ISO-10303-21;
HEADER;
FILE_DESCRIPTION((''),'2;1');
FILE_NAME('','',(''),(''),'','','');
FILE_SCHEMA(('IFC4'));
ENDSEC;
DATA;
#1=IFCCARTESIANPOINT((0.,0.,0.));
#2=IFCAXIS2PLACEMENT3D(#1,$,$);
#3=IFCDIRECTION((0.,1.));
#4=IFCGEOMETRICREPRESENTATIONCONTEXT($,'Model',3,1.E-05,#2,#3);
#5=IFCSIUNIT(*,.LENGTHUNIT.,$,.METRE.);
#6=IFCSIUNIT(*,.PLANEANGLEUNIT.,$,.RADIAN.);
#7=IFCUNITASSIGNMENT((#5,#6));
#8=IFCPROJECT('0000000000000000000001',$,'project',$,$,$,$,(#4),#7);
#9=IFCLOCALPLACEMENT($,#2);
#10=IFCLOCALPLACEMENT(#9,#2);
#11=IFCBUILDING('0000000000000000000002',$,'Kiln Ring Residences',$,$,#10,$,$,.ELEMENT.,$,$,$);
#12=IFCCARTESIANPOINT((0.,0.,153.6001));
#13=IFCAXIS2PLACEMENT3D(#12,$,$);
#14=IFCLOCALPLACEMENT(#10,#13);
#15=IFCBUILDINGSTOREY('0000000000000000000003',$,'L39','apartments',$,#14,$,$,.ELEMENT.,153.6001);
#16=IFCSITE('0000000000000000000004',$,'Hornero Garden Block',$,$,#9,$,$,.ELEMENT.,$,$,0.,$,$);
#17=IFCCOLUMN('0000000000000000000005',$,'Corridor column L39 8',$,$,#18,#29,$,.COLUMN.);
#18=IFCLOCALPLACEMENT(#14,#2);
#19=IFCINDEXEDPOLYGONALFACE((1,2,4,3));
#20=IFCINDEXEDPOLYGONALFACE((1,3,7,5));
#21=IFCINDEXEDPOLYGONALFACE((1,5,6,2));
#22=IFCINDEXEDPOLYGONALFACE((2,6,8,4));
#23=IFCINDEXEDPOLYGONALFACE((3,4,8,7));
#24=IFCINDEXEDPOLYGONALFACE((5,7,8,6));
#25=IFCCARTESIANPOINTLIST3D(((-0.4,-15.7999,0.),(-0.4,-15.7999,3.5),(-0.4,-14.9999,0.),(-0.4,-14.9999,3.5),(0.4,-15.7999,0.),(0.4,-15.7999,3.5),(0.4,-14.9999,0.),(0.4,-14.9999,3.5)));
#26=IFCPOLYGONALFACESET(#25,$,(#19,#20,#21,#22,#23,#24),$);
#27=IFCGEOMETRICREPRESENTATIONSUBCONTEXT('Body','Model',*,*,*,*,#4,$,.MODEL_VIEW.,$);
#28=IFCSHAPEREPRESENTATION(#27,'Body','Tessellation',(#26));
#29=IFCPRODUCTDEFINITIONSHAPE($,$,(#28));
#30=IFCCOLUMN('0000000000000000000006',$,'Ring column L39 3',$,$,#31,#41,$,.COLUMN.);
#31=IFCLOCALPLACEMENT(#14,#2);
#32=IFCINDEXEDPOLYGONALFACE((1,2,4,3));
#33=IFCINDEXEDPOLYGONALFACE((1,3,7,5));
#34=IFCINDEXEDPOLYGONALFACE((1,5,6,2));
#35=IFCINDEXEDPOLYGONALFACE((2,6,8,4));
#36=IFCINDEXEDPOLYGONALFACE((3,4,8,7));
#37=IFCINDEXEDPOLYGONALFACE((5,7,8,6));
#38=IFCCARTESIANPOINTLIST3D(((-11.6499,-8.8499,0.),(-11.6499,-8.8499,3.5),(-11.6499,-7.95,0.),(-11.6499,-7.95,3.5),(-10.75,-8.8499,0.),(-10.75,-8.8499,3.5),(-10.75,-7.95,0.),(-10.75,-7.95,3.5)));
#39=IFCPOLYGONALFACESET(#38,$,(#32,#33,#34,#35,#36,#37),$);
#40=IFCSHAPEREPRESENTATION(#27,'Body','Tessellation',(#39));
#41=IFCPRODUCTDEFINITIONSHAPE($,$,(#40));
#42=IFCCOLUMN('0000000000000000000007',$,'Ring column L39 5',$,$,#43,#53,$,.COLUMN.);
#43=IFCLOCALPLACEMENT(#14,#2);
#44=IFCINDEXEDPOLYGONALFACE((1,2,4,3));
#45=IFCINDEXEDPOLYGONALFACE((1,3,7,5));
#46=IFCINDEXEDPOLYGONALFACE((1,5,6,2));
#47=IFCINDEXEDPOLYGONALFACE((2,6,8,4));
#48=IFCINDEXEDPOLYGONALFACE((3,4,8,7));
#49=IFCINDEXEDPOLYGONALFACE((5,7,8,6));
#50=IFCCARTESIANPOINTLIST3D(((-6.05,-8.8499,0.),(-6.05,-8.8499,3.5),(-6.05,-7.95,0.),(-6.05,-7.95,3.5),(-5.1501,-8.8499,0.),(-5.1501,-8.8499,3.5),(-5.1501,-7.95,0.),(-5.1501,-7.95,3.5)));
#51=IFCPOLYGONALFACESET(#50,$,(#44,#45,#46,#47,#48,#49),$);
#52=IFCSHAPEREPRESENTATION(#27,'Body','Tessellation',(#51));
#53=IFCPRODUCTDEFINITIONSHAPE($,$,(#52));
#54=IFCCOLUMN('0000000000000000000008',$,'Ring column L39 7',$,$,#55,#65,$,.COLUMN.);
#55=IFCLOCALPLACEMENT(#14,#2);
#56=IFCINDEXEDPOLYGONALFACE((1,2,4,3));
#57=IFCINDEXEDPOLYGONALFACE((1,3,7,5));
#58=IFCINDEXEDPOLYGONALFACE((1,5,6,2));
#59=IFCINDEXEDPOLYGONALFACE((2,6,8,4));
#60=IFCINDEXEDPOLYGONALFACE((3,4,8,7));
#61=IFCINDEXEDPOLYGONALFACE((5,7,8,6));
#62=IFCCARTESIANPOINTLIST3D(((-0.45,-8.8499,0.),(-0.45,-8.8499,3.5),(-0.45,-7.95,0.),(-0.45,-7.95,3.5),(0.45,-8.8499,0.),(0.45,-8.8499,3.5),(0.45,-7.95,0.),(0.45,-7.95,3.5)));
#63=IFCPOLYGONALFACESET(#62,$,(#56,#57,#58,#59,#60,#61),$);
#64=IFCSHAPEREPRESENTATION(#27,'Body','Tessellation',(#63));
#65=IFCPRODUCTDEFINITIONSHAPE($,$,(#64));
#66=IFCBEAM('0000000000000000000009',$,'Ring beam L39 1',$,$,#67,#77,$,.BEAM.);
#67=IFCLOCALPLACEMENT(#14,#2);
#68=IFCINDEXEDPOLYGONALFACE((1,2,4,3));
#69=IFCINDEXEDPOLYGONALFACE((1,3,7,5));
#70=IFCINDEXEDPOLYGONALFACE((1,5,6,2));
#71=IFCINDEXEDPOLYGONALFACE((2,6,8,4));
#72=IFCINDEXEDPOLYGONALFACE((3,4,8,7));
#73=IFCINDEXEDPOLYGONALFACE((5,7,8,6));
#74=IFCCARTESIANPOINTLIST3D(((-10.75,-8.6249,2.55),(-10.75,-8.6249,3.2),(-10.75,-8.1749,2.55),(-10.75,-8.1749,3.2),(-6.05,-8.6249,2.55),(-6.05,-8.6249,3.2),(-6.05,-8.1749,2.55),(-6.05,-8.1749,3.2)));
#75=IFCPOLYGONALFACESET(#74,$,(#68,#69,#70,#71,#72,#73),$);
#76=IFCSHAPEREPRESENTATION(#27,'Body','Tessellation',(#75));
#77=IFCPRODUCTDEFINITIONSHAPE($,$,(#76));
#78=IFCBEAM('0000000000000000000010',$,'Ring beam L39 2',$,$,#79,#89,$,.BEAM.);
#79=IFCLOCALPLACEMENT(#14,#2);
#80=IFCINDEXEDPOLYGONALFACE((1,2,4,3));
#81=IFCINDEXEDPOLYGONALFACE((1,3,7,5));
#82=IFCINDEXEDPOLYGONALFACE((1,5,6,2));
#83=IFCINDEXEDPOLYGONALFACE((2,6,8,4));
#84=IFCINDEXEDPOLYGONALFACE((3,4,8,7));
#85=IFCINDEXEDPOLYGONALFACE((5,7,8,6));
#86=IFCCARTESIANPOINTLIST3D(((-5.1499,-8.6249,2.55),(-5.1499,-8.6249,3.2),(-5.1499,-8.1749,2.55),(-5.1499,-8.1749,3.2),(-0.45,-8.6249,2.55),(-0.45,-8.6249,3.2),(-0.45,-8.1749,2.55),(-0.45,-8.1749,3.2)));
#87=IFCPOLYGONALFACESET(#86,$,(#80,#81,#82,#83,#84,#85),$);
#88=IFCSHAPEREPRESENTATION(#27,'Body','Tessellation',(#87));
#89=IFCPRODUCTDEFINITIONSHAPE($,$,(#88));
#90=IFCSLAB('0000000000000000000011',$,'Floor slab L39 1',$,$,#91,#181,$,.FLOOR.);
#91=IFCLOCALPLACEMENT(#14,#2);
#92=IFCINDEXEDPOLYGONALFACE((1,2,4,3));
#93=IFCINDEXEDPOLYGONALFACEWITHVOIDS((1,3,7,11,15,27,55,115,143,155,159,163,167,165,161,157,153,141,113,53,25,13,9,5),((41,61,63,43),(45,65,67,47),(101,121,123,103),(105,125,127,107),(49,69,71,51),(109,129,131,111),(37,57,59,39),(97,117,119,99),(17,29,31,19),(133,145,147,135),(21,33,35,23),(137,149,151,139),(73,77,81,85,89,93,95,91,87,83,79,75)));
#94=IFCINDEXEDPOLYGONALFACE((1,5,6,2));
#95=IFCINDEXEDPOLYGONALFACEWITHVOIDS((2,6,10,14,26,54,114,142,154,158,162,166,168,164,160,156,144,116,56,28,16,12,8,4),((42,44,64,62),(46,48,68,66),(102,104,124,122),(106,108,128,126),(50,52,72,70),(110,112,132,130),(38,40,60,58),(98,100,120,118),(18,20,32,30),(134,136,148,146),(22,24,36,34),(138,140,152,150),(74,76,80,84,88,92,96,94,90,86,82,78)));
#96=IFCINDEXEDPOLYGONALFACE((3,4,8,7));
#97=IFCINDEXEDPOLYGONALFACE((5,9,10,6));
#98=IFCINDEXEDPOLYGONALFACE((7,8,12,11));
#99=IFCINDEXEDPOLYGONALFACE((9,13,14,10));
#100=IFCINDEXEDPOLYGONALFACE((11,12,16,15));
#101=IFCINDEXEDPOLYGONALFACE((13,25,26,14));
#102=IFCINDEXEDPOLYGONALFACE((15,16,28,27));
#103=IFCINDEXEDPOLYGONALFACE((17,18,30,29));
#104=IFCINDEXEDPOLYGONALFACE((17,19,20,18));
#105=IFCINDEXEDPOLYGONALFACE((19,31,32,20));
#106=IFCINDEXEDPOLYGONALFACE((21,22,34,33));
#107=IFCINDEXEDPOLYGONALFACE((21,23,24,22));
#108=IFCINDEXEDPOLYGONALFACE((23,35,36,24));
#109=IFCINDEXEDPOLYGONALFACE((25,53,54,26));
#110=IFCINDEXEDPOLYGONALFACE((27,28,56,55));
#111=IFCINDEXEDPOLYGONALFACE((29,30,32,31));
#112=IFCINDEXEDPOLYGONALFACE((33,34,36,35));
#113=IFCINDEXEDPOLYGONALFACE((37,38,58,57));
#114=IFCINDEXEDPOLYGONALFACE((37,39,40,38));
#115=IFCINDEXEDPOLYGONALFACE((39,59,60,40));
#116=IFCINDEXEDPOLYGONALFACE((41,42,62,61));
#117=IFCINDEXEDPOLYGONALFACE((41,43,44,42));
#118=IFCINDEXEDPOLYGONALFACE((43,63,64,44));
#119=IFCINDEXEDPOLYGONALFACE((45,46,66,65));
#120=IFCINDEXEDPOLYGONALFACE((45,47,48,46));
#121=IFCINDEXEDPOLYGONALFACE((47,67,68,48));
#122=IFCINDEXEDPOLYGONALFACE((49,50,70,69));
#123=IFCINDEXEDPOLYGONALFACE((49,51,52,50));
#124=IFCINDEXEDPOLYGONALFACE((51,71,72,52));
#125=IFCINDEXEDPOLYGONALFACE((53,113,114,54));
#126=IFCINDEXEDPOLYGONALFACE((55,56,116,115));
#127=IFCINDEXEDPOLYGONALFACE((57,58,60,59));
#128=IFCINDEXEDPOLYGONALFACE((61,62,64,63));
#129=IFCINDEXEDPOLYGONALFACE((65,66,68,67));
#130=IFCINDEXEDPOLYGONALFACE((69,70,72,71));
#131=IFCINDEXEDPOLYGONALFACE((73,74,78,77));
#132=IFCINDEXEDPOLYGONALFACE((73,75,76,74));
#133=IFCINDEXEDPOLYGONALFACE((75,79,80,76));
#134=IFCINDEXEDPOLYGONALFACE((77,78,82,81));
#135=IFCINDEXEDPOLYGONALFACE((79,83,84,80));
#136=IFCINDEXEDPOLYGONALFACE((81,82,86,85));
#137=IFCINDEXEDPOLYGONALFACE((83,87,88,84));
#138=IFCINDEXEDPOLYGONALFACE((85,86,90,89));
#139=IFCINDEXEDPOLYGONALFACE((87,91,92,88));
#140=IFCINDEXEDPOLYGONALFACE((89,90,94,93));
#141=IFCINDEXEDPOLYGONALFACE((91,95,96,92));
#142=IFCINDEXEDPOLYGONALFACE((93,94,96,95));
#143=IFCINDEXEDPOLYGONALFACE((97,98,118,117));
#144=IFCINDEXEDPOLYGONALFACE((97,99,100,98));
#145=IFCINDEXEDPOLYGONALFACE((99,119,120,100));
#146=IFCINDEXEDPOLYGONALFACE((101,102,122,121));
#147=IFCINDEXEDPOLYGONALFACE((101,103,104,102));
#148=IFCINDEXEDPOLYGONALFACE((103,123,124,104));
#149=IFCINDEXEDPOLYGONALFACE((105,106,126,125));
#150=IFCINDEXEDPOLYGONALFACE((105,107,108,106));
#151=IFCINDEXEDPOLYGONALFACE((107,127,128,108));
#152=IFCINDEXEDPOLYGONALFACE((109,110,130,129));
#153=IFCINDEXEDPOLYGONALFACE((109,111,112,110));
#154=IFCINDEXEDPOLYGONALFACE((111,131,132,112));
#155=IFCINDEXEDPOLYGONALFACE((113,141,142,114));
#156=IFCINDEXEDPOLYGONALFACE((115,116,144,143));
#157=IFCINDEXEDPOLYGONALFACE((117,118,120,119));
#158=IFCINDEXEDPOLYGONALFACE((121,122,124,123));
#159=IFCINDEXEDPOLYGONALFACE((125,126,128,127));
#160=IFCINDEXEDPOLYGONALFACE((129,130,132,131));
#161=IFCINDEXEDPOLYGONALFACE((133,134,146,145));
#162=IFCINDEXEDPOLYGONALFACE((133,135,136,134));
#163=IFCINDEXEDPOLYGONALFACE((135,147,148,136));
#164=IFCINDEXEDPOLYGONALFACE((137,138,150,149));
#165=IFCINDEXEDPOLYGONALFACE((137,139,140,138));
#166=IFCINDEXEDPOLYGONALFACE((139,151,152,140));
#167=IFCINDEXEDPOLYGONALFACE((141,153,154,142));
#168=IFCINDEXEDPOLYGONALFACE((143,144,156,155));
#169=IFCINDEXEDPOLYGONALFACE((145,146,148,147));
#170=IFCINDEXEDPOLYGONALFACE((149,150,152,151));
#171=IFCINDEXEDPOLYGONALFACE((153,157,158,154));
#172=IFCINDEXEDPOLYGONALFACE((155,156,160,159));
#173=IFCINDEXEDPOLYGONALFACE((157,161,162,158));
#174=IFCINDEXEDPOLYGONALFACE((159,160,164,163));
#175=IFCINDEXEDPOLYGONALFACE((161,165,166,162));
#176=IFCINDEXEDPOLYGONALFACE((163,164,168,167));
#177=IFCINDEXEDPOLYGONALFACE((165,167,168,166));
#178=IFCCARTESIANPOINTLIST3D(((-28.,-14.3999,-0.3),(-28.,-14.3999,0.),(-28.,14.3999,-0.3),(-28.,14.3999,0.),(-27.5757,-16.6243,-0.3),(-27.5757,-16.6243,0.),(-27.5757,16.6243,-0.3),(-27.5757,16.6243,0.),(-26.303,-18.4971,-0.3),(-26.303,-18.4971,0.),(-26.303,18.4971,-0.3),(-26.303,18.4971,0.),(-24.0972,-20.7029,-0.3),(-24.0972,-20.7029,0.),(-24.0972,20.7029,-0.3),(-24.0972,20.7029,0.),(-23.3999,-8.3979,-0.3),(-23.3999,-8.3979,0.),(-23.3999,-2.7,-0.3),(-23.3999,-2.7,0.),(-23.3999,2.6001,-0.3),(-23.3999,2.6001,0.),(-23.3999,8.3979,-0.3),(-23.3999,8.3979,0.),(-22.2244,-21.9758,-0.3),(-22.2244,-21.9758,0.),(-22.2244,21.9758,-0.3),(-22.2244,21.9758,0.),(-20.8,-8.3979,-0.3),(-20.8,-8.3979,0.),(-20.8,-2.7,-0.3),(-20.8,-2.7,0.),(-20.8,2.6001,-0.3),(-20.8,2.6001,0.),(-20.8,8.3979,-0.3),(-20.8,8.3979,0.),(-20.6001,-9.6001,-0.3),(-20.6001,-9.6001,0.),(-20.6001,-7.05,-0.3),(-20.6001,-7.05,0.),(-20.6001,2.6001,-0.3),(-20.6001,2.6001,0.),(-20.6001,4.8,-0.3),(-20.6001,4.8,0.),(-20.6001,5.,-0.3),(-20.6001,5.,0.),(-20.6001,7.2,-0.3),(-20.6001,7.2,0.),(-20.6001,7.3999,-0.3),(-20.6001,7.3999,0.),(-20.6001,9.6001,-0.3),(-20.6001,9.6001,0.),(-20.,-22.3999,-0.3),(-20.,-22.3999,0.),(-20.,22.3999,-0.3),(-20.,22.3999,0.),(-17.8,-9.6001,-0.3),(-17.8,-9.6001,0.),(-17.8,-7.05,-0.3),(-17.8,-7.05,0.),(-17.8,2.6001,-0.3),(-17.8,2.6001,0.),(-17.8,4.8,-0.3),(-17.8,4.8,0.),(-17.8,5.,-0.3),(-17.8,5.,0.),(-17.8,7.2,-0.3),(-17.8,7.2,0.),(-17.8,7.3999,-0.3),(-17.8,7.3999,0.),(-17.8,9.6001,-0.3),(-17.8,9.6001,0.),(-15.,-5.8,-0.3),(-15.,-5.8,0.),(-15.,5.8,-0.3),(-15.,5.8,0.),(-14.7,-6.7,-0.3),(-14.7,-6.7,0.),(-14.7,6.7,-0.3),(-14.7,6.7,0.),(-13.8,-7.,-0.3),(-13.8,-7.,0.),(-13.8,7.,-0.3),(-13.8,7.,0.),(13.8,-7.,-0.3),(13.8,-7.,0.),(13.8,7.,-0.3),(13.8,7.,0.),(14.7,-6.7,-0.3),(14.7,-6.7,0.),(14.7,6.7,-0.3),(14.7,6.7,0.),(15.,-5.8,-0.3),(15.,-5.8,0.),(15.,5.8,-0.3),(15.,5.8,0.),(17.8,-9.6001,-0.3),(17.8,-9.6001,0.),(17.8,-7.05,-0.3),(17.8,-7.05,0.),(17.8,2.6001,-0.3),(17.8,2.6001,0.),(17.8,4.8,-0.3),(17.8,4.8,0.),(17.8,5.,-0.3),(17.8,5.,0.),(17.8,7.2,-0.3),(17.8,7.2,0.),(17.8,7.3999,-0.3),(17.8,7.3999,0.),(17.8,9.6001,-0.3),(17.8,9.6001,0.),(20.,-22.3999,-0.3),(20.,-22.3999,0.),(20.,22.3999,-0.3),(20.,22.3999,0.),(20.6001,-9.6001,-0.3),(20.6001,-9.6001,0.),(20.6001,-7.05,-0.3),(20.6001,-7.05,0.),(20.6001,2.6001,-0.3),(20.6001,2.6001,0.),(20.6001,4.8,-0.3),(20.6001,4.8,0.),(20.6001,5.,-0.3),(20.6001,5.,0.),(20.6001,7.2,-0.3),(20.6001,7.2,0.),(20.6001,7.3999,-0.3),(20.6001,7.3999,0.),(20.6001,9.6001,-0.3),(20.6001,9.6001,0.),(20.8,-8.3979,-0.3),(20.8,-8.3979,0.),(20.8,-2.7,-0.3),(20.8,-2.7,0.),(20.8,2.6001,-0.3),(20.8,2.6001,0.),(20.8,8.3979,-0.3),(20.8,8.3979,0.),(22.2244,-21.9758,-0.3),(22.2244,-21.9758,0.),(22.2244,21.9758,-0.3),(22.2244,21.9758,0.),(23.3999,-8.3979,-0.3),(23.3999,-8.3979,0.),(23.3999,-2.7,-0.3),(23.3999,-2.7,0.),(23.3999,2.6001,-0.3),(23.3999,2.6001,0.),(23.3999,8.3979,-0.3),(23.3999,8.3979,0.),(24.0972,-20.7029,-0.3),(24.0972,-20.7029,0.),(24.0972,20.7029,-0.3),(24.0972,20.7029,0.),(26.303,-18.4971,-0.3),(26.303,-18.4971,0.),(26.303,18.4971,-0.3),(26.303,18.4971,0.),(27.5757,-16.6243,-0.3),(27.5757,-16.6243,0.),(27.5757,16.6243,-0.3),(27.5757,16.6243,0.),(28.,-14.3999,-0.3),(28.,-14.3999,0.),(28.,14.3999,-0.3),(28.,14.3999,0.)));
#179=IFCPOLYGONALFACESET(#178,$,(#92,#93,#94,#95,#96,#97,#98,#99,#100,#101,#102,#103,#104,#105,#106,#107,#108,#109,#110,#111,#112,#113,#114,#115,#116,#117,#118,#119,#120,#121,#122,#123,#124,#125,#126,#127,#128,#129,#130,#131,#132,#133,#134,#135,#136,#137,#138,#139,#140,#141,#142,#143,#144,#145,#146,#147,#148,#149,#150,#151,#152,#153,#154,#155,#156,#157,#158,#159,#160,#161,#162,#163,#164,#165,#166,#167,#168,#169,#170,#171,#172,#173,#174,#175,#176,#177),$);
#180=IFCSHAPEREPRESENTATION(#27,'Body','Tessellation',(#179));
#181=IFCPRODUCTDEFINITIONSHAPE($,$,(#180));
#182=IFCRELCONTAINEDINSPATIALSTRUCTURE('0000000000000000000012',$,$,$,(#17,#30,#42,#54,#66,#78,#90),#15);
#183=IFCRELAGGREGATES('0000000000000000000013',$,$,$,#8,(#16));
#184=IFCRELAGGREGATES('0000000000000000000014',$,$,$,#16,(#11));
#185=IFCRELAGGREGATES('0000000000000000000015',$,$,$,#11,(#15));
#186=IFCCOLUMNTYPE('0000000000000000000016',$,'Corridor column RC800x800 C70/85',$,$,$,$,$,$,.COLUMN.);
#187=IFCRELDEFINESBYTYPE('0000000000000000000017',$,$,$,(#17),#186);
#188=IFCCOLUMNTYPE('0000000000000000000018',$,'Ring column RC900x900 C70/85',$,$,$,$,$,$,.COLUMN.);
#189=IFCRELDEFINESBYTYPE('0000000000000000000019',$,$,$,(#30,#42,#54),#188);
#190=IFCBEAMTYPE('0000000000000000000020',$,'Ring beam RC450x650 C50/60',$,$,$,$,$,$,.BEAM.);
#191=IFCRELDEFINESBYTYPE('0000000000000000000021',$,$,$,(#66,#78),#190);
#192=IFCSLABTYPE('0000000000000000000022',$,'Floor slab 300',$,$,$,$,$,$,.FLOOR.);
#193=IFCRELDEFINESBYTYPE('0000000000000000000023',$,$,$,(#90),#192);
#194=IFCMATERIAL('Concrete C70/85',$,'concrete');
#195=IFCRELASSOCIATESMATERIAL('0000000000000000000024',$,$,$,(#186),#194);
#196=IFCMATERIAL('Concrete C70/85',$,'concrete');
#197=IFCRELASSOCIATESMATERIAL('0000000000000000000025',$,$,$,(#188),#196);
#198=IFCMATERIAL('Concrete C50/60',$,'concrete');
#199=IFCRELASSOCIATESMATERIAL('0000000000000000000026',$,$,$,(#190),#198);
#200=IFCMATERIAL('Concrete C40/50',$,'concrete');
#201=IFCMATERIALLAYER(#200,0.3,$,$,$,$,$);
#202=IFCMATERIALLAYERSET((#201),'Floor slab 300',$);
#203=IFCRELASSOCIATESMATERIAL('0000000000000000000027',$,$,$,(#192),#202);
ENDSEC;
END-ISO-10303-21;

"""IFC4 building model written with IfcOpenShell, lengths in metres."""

from ifc_helpers import new_model, si_unit, direction, frame, origin, origin_2d, place, context, subcontext, project, spatial, polyline, rectangle, outline, extrude, material, layer, layer_set, material_profile, profile_set, type_object, element, save


model = new_model("IFC4")

# Units and contexts
model_context = context("Model", 3, precision=1e-05, world=origin(), true_north=direction((0.0, 1.0)))
body_context = subcontext(model_context, "Body", "Model", "MODEL_VIEW")
ifc_project = project(units=[si_unit("LENGTHUNIT", "METRE"), si_unit("PLANEANGLEUNIT", "RADIAN")], contexts=[model_context])

# Site, building, storey
site_placement = place(None, origin())
site = spatial("IfcSite", under=ifc_project, at=site_placement, Name="Hornero Garden Block", CompositionType="ELEMENT", RefElevation=0.0)
building_placement = place(site_placement, origin())
building = spatial("IfcBuilding", under=site, at=building_placement, Name="Kiln Ring Residences", CompositionType="ELEMENT")
storey_placement = place(building_placement, frame((0.0, 0.0, 153.6001)))
storey = spatial("IfcBuildingStorey", under=building, at=storey_placement, Name="L39", Description="apartments", CompositionType="ELEMENT", Elevation=153.6001)

# Columns
ifc_material_1 = material(Name="Concrete C70/85", Category="concrete")
ifc_material_profile_1 = material_profile(ifc_material_1, rectangle(XDim=0.8, YDim=0.8, at=origin_2d()), Name="RC800x800")
ifc_profile_set_1 = profile_set([ifc_material_profile_1], Name="Concrete C70/85")
column_type_1 = type_object("IfcColumnType", Name="Corridor column RC800x800 C70/85", PredefinedType="COLUMN", material=ifc_profile_set_1)
column_placement = place(storey_placement, frame((0.0, -15.3999, 0.0), z_axis=(0.0, 0.0, 1.0), x_axis=(1.0, 0.0, 0.0)))
element("IfcColumn", 1, at=column_placement, inside=storey, type_object=column_type_1, Name="Corridor column L39 8", PredefinedType="COLUMN", context=body_context, shape_type="SweptSolid", body=[
    extrude(rectangle(XDim=0.8, YDim=0.8, at=origin_2d()), origin(), (0.0, 0.0, 1.0), 3.5),
])
ifc_material_2 = material(Name="Concrete C70/85", Category="concrete")
ifc_material_profile_2 = material_profile(ifc_material_2, rectangle(XDim=0.8999, YDim=0.8999, at=origin_2d()), Name="RC900x900")
ifc_profile_set_2 = profile_set([ifc_material_profile_2], Name="Concrete C70/85")
column_type_2 = type_object("IfcColumnType", Name="Ring column RC900x900 C70/85", PredefinedType="COLUMN", material=ifc_profile_set_2)
for number, where, z_axis, x_axis, name in (
    (2, (-11.2, -8.3999, 0.0), (0.0, 0.0, 1.0), (1.0, 0.0, 0.0), "Ring column L39 3"),
    (3, (-5.6001, -8.3999, 0.0), (0.0, 0.0, 1.0), (1.0, 0.0, 0.0), "Ring column L39 5"),
    (4, (0.0, -8.3999, 0.0), (0.0, 0.0, 1.0), (1.0, 0.0, 0.0), "Ring column L39 7"),
):
    element("IfcColumn", number, at=place(storey_placement, frame(where, z_axis=z_axis, x_axis=x_axis)), inside=storey, type_object=column_type_2, Name=name, PredefinedType="COLUMN", context=body_context, shape_type="SweptSolid", body=[
        extrude(rectangle(XDim=0.8999, YDim=0.8999, at=origin_2d()), origin(), (0.0, 0.0, 1.0), 3.5),
    ])

# Beams
ifc_material_3 = material(Name="Concrete C50/60", Category="concrete")
ifc_material_profile_3 = material_profile(ifc_material_3, rectangle(XDim=0.45, YDim=0.6499, at=origin_2d()), Name="RC450x650")
ifc_profile_set_3 = profile_set([ifc_material_profile_3], Name="Concrete C50/60")
beam_type = type_object("IfcBeamType", Name="Ring beam RC450x650 C50/60", PredefinedType="BEAM", material=ifc_profile_set_3)
for number, where, z_axis, x_axis, name in (
    (5, (-10.75, -8.3999, 2.875), (1.0, 0.0, 0.0), (0.0, 1.0, 0.0), "Ring beam L39 1"),
    (6, (-5.1499, -8.3999, 2.875), (1.0, 0.0, 0.0), (0.0, 1.0, 0.0), "Ring beam L39 2"),
):
    element("IfcBeam", number, at=place(storey_placement, frame(where, z_axis=z_axis, x_axis=x_axis)), inside=storey, type_object=beam_type, Name=name, PredefinedType="BEAM", context=body_context, shape_type="SweptSolid", body=[
        extrude(rectangle(XDim=0.45, YDim=0.6499, at=origin_2d()), origin(), (0.0, 0.0, 1.0), 4.7),
    ])

# Slab
ifc_material_4 = material(Name="Concrete C40/50", Category="concrete")
ifc_layer_1 = layer(ifc_material_4, 0.3)
ifc_layer_set_1 = layer_set([ifc_layer_1], Name="Floor slab 300")
slab_type = type_object("IfcSlabType", Name="Floor slab 300", PredefinedType="FLOOR", material=ifc_layer_set_1)
slab_placement = place(storey_placement, frame((0.0, 0.0, -0.3)))
element("IfcSlab", 7, at=slab_placement, inside=storey, type_object=slab_type, Name="Floor slab L39 1", PredefinedType="FLOOR", context=body_context, shape_type="SweptSolid", body=[
    extrude(outline(polyline([(-26.303, -18.4971), (-24.0972, -20.7029), (-22.2244, -21.9758), (-20.0, -22.3999), (20.0, -22.3999), (22.2244, -21.9758), (24.0972, -20.7029), (26.303, -18.4971), (27.5757, -16.6243), (28.0, -14.3999), (28.0, 14.3999), (27.5757, 16.6243), (26.303, 18.4971), (24.0972, 20.7029), (22.2244, 21.9758), (20.0, 22.3999), (-20.0, 22.3999), (-22.2244, 21.9758), (-24.0972, 20.7029), (-26.303, 18.4971), (-27.5757, 16.6243), (-28.0, 14.3999), (-28.0, -14.3999), (-27.5757, -16.6243), (-26.303, -18.4971)]), holes=[polyline([(-14.7, -6.7), (-15.0, -5.8), (-15.0, 5.8), (-14.7, 6.7), (-13.8, 7.0), (13.8, 7.0), (14.7, 6.7), (15.0, 5.8), (15.0, -5.8), (14.7, -6.7), (13.8, -7.0), (-13.8, -7.0), (-14.7, -6.7)]), polyline([(20.8, -8.3979), (20.8, -2.7), (23.3999, -2.7), (23.3999, -8.3979), (20.8, -8.3979)]), polyline([(23.3999, 2.6001), (20.8, 2.6001), (20.8, 8.3979), (23.3999, 8.3979), (23.3999, 2.6001)]), polyline([(17.8, 2.6001), (17.8, 4.8), (20.6001, 4.8), (20.6001, 2.6001), (17.8, 2.6001)]), polyline([(17.8, 5.0), (17.8, 7.2), (20.6001, 7.2), (20.6001, 5.0), (17.8, 5.0)]), polyline([(17.8, 7.3999), (17.8, 9.6001), (20.6001, 9.6001), (20.6001, 7.3999), (17.8, 7.3999)]), polyline([(20.6001, -9.6001), (17.8, -9.6001), (17.8, -7.05), (20.6001, -7.05), (20.6001, -9.6001)]), polyline([(-17.8, -7.05), (-17.8, -9.6001), (-20.6001, -9.6001), (-20.6001, -7.05), (-17.8, -7.05)]), polyline([(-17.8, 2.6001), (-20.6001, 2.6001), (-20.6001, 4.8), (-17.8, 4.8), (-17.8, 2.6001)]), polyline([(-17.8, 5.0), (-20.6001, 5.0), (-20.6001, 7.2), (-17.8, 7.2), (-17.8, 5.0)]), polyline([(-17.8, 7.3999), (-20.6001, 7.3999), (-20.6001, 9.6001), (-17.8, 9.6001), (-17.8, 7.3999)]), polyline([(-20.8, -8.3979), (-23.3999, -8.3979), (-23.3999, -2.7), (-20.8, -2.7), (-20.8, -8.3979)]), polyline([(-20.8, 8.3979), (-20.8, 2.6001), (-23.3999, 2.6001), (-23.3999, 8.3979), (-20.8, 8.3979)])]), origin(), (0.0, 0.0, 1.0), 0.3),
])

save(model, "model.ifc")
